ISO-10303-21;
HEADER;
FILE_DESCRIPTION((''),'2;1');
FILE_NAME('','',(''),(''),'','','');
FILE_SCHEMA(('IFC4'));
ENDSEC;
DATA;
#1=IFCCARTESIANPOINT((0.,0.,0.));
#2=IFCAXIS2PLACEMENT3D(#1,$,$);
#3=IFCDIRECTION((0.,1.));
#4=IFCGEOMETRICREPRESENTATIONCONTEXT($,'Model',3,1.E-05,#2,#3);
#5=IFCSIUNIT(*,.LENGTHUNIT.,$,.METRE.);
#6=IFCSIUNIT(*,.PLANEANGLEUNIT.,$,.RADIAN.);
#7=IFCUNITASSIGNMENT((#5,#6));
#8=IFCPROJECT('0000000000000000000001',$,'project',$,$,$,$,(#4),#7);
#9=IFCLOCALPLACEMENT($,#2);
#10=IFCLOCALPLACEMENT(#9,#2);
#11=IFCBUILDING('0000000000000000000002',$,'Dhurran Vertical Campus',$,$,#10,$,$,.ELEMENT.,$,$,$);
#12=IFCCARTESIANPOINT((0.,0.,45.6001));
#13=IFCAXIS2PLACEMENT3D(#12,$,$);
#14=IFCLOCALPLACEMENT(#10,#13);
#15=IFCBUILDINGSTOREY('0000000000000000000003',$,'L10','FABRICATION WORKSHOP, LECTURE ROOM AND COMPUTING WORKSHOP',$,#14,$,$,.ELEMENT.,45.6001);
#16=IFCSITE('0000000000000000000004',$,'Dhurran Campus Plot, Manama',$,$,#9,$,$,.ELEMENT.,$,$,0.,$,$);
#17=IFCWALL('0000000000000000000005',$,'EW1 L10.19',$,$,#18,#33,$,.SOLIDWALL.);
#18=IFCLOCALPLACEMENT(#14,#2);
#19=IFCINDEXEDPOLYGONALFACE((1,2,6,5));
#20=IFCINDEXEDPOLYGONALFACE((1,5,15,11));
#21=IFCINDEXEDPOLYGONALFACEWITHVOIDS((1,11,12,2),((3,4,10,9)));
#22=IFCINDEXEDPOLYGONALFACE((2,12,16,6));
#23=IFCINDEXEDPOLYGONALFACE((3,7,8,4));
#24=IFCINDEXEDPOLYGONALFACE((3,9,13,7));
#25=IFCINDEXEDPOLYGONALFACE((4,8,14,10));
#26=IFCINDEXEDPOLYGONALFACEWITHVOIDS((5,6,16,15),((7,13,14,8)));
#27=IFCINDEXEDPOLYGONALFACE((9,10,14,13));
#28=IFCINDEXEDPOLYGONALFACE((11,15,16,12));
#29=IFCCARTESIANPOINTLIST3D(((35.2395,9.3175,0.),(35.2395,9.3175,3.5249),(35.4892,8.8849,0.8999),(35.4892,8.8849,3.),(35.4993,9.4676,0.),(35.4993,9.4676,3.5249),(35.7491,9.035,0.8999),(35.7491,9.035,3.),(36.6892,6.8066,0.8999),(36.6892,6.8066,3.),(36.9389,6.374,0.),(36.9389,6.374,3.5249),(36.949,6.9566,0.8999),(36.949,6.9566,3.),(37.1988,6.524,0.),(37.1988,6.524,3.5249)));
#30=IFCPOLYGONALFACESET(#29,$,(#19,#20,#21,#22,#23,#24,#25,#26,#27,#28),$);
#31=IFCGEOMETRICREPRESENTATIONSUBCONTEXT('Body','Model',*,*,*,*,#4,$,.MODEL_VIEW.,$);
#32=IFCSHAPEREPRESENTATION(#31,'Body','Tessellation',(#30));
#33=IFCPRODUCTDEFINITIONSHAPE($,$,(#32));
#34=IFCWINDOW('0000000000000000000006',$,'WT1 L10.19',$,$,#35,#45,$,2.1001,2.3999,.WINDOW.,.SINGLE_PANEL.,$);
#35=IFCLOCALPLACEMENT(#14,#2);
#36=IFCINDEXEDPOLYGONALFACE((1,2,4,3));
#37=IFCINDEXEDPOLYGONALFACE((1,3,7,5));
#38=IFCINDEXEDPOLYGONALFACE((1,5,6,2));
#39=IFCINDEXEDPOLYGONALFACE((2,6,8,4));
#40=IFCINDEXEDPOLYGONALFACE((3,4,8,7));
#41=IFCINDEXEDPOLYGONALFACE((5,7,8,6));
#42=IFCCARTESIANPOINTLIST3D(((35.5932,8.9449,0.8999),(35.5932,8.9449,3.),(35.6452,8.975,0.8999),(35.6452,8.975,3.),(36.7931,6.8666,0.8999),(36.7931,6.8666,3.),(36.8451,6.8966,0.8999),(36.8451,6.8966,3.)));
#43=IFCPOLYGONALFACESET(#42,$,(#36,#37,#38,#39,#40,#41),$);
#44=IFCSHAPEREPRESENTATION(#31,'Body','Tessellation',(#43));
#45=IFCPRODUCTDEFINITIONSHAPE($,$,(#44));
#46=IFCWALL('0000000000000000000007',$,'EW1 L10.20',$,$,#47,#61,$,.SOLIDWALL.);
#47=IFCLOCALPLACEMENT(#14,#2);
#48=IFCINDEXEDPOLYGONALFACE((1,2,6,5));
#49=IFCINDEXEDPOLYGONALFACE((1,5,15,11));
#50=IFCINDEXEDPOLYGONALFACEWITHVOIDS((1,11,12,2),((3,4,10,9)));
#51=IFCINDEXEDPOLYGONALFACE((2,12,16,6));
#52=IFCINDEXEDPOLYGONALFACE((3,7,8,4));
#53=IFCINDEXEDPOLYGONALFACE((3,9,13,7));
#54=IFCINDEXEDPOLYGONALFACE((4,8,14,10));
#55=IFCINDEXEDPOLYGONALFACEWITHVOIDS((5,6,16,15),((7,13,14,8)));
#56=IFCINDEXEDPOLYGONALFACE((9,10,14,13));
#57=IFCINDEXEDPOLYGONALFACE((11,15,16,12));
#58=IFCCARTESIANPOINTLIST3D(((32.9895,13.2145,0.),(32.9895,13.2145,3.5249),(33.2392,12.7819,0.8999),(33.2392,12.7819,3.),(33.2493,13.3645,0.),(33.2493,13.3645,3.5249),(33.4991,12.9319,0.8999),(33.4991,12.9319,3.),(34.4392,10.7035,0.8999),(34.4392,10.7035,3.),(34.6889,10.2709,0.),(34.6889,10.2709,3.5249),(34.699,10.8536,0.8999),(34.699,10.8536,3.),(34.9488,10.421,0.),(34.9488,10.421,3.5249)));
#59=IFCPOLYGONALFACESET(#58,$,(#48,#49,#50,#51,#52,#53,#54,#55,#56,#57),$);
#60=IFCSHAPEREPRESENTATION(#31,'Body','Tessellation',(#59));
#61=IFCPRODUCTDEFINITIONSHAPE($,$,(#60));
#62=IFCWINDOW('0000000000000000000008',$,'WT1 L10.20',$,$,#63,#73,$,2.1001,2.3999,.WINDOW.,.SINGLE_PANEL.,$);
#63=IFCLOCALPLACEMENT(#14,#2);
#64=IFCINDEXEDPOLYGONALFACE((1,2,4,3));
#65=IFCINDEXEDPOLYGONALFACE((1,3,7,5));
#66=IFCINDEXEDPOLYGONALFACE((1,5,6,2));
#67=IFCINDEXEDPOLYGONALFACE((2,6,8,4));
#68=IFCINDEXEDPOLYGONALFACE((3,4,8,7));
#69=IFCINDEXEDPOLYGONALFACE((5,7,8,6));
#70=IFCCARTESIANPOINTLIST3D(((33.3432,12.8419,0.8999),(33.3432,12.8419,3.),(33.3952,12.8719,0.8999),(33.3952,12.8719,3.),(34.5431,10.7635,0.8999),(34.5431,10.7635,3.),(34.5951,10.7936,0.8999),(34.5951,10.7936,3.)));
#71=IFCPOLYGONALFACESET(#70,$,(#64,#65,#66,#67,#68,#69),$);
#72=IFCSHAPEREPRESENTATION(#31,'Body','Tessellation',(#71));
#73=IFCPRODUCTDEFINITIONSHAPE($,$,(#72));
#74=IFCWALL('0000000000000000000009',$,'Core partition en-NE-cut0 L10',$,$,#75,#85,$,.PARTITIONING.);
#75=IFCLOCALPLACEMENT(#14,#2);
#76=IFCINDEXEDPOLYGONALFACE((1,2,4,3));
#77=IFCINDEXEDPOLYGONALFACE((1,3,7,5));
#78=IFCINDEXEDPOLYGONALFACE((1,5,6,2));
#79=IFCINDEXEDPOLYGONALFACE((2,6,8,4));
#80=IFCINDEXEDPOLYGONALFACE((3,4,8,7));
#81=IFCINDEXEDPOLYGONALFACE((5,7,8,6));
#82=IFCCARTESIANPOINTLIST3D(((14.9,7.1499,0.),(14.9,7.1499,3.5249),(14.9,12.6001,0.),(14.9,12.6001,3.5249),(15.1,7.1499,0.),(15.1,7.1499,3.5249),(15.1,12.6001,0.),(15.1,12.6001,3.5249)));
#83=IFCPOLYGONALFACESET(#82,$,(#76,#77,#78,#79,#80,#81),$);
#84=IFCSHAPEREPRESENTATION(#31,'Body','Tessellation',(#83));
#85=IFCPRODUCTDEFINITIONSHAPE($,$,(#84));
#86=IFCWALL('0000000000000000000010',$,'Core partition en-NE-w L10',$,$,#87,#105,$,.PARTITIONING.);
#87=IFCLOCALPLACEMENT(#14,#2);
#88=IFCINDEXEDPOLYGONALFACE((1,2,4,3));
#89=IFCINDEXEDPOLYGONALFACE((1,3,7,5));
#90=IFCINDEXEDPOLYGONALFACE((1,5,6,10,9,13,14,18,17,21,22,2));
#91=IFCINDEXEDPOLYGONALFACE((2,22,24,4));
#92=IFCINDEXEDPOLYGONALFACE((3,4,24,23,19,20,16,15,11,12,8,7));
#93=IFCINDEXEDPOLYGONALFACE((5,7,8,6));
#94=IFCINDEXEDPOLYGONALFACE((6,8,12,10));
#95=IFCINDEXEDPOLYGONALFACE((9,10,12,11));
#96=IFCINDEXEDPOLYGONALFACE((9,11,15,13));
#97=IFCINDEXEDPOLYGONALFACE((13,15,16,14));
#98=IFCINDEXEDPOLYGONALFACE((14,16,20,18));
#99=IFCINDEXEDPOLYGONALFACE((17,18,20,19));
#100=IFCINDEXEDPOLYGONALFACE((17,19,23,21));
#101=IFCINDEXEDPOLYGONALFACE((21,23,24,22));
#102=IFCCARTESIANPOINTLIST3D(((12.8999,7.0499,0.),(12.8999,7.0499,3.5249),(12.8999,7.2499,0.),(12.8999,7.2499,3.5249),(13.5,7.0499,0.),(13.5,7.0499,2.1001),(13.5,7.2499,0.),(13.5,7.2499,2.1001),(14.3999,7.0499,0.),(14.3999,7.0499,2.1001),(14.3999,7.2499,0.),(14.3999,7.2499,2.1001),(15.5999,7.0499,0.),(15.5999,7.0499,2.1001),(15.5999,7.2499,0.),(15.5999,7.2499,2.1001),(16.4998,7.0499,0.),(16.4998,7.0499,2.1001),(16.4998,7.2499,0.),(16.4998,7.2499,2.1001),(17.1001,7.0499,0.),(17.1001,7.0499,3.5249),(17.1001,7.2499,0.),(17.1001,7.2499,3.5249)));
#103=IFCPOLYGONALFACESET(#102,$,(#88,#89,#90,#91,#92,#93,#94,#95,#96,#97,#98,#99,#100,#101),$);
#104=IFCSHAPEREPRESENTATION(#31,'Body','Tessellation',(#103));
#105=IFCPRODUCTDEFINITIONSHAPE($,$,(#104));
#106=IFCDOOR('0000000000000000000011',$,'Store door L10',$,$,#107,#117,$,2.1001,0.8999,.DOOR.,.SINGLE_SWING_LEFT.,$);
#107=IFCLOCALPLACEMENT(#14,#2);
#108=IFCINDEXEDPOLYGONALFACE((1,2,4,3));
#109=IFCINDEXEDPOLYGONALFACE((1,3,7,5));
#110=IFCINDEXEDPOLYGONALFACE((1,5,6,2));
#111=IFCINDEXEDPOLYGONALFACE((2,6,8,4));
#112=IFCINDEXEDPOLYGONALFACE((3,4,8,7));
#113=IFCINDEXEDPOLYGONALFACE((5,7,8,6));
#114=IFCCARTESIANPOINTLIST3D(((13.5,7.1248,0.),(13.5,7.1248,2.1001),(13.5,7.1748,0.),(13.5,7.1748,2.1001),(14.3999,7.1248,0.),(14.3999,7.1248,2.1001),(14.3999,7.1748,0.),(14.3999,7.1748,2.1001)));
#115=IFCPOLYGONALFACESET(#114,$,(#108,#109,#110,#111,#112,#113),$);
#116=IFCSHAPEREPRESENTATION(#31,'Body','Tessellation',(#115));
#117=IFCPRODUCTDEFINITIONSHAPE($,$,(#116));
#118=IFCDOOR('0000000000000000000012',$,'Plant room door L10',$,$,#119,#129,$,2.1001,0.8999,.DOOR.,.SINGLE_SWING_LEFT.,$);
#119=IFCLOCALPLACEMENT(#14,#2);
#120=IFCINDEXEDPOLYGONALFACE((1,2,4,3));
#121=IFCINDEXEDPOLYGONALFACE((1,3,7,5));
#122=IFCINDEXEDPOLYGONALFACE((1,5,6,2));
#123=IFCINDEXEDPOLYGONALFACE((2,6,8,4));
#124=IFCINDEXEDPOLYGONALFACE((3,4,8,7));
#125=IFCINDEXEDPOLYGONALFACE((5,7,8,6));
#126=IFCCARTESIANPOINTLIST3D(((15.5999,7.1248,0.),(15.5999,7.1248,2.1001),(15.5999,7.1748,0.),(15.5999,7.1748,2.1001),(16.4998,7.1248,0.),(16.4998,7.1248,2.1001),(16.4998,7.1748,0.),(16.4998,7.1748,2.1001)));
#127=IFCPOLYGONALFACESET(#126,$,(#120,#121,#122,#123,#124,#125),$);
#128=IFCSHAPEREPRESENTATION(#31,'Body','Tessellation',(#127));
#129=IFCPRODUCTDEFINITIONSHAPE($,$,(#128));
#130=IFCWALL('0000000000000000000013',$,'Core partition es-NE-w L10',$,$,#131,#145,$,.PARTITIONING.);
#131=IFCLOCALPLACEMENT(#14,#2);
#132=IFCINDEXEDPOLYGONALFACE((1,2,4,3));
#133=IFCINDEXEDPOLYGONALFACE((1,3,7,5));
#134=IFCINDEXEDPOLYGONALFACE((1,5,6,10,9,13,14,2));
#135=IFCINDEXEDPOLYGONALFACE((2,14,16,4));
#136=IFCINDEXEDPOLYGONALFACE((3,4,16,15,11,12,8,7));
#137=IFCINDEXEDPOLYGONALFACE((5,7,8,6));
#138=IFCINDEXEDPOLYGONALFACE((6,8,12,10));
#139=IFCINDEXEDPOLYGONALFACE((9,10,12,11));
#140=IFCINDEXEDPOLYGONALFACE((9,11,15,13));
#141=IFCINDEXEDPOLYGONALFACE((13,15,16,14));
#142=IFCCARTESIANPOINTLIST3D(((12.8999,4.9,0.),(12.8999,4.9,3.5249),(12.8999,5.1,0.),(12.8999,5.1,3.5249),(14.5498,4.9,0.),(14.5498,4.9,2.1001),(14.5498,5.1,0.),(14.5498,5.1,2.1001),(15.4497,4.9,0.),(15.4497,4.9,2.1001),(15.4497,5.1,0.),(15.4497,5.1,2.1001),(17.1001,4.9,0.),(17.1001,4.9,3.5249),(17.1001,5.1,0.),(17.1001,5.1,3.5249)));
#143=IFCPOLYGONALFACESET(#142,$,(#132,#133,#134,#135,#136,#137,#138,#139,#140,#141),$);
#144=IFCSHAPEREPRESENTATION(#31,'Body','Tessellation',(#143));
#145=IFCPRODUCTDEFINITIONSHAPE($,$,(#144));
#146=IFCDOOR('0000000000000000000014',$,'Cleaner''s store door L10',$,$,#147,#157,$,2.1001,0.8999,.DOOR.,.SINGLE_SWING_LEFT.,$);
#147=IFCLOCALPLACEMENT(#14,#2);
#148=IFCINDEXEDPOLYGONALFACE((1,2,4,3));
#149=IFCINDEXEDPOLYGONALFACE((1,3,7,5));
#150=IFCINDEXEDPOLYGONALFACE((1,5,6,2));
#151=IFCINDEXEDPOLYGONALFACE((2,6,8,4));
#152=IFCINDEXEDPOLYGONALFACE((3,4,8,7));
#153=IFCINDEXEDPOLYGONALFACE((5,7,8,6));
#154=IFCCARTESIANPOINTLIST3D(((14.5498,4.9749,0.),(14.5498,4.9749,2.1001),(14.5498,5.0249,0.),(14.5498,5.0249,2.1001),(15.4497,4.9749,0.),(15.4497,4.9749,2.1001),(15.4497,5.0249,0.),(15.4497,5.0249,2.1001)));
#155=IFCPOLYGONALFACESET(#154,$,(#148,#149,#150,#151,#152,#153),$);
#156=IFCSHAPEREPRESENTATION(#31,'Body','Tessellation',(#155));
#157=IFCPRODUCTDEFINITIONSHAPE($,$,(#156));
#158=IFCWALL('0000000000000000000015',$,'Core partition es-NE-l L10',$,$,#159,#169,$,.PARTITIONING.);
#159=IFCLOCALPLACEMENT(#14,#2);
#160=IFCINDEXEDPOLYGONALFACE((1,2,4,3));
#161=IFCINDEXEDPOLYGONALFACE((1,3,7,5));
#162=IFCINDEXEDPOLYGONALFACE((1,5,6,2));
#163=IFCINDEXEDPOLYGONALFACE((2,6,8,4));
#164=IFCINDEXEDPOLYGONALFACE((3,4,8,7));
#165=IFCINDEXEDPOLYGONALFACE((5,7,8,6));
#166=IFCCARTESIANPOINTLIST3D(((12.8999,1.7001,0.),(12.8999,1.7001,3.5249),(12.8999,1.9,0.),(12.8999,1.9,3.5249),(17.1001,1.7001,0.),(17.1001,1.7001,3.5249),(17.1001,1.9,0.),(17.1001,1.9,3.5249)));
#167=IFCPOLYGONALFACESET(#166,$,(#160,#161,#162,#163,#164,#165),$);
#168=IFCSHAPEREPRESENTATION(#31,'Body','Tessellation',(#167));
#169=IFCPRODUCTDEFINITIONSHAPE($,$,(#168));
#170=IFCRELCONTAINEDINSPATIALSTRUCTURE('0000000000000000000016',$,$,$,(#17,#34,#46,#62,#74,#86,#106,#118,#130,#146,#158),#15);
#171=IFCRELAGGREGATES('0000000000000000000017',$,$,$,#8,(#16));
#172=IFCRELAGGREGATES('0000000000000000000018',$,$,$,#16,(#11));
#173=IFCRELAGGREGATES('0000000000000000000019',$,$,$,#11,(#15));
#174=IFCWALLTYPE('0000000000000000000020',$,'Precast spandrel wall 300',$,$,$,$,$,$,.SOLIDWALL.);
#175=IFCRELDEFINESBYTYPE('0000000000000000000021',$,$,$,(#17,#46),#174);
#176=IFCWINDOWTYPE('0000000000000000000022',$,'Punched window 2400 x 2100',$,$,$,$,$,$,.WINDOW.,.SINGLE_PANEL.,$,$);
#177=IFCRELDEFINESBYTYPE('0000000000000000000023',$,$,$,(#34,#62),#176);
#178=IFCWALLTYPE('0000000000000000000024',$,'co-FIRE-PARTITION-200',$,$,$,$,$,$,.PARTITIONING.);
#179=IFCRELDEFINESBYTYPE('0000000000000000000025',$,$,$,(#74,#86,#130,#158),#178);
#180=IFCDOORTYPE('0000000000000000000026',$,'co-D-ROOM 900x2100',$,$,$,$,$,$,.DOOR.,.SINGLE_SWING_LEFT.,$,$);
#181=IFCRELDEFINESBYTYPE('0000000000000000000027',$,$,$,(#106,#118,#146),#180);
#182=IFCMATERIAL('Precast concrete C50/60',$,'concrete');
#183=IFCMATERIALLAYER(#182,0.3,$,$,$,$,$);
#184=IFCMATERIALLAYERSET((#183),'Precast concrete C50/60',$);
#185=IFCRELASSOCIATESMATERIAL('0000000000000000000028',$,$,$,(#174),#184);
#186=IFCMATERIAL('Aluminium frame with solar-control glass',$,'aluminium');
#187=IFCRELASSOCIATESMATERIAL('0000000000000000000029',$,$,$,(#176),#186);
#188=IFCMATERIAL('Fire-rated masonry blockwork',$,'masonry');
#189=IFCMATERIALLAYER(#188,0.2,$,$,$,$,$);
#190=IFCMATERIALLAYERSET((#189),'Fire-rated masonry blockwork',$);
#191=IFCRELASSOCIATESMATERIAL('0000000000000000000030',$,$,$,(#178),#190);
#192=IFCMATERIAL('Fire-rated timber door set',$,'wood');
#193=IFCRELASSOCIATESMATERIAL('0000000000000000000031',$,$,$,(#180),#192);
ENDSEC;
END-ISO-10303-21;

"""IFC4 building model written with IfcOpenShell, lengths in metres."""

from ifc_helpers import new_model, si_unit, direction, frame, frame_2d, origin, place, context, subcontext, project, spatial, rectangle, extrude, material, layer, layer_set, type_object, element, fill, save


model = new_model("IFC4")

# Units and contexts
model_context = context("Model", 3, precision=1e-05, world=origin(), true_north=direction((0.0, 1.0)))
body_context = subcontext(model_context, "Body", "Model", "MODEL_VIEW")
ifc_project = project(units=[si_unit("LENGTHUNIT", "METRE"), si_unit("PLANEANGLEUNIT", "RADIAN")], contexts=[model_context])

# Site, building, storey
site_placement = place(None, origin())
site = spatial("IfcSite", under=ifc_project, at=site_placement, Name="Dhurran Campus Plot, Manama", CompositionType="ELEMENT", RefElevation=0.0)
building_placement = place(site_placement, origin())
building = spatial("IfcBuilding", under=site, at=building_placement, Name="Dhurran Vertical Campus", CompositionType="ELEMENT")
storey_placement = place(building_placement, frame((0.0, 0.0, 45.6001)))
storey = spatial("IfcBuildingStorey", under=building, at=storey_placement, Name="L10", Description="FABRICATION WORKSHOP, LECTURE ROOM AND COMPUTING WORKSHOP", CompositionType="ELEMENT", Elevation=45.6001)

# Walls, openings, windows
ifc_material_1 = material(Name="Precast concrete C50/60", Category="concrete")
ifc_layer_1 = layer(ifc_material_1, 0.3)
ifc_layer_set_1 = layer_set([ifc_layer_1], Name="Precast concrete C50/60")
wall_type_1 = type_object("IfcWallType", Name="Precast spandrel wall 300", PredefinedType="SOLIDWALL", material=ifc_layer_set_1)
ifc_material_2 = material(Name="Aluminium frame with solar-control glass", Category="aluminium")
window_type = type_object("IfcWindowType", Name="Punched window 2400 x 2100", PartitioningType="SINGLE_PANEL", PredefinedType="WINDOW", material=ifc_material_2)
wall_1_placement = place(storey_placement, frame((37.0688, 6.449, 0.0), z_axis=(0.0, 0.0, 1.0), x_axis=(-0.499994, 0.866029, 0.0)))
wall_1 = element("IfcWall", 1, at=wall_1_placement, inside=storey, type_object=wall_type_1, Name="EW1 L10.19", PredefinedType="SOLIDWALL", context=body_context, shape_type="SweptSolid", body=[
    extrude(rectangle(XDim=3.3989, YDim=0.3, at=frame_2d((1.6995, 0.0))), origin(), (0.0, 0.0, 1.0), 3.5249),
])
opening_1_placement = place(wall_1_placement, frame((0.4995, 0.0, 0.8999)))
opening_1 = element("IfcOpeningElement", 2, at=opening_1_placement, cuts=wall_1, PredefinedType="OPENING", context=body_context, shape_type="SweptSolid", body=[
    extrude(rectangle(XDim=2.3999, YDim=2.1001, at=frame_2d((1.2, 1.05))), frame((0.0, 0.1599, 0.0), z_axis=(0.0, -1.0, 0.0), x_axis=(1.0, 0.0, 0.0)), (0.0, 0.0, 1.0), 0.3201),
])
window_1_placement = place(opening_1_placement, origin())
window_1 = element("IfcWindow", 3, at=window_1_placement, inside=storey, type_object=window_type, Name="WT1 L10.19", OverallHeight=2.1001, OverallWidth=2.3999, PartitioningType="SINGLE_PANEL", PredefinedType="WINDOW", context=body_context, shape_type="SweptSolid", body=[
    extrude(rectangle(XDim=2.3999, YDim=2.1001, at=frame_2d((1.2, 1.05))), frame((0.0, 0.03, 0.0), z_axis=(0.0, -1.0, 0.0), x_axis=(1.0, 0.0, 0.0)), (0.0, 0.0, 1.0), 0.0601),
])
fill(opening_1, window_1)
wall_2_placement = place(storey_placement, frame((34.8188, 10.3459, 0.0), z_axis=(0.0, 0.0, 1.0), x_axis=(-0.499994, 0.866029, 0.0)))
wall_2 = element("IfcWall", 4, at=wall_2_placement, inside=storey, type_object=wall_type_1, Name="EW1 L10.20", PredefinedType="SOLIDWALL", context=body_context, shape_type="SweptSolid", body=[
    extrude(rectangle(XDim=3.3989, YDim=0.3, at=frame_2d((1.6995, 0.0))), origin(), (0.0, 0.0, 1.0), 3.5249),
])
opening_2_placement = place(wall_2_placement, frame((0.4995, 0.0, 0.8999)))
opening_2 = element("IfcOpeningElement", 5, at=opening_2_placement, cuts=wall_2, PredefinedType="OPENING", context=body_context, shape_type="SweptSolid", body=[
    extrude(rectangle(XDim=2.3999, YDim=2.1001, at=frame_2d((1.2, 1.05))), frame((0.0, 0.1599, 0.0), z_axis=(0.0, -1.0, 0.0), x_axis=(1.0, 0.0, 0.0)), (0.0, 0.0, 1.0), 0.3201),
])
window_2_placement = place(opening_2_placement, origin())
window_2 = element("IfcWindow", 6, at=window_2_placement, inside=storey, type_object=window_type, Name="WT1 L10.20", OverallHeight=2.1001, OverallWidth=2.3999, PartitioningType="SINGLE_PANEL", PredefinedType="WINDOW", context=body_context, shape_type="SweptSolid", body=[
    extrude(rectangle(XDim=2.3999, YDim=2.1001, at=frame_2d((1.2, 1.05))), frame((0.0, 0.03, 0.0), z_axis=(0.0, -1.0, 0.0), x_axis=(1.0, 0.0, 0.0)), (0.0, 0.0, 1.0), 0.0601),
])
fill(opening_2, window_2)

# Wall
ifc_material_3 = material(Name="Fire-rated masonry blockwork", Category="masonry")
ifc_layer_2 = layer(ifc_material_3, 0.2)
ifc_layer_set_2 = layer_set([ifc_layer_2], Name="Fire-rated masonry blockwork")
wall_type_2 = type_object("IfcWallType", Name="co-FIRE-PARTITION-200", PredefinedType="PARTITIONING", material=ifc_layer_set_2)
wall_3_placement = place(storey_placement, frame((15.0, 7.1499, 0.0), z_axis=(0.0, 0.0, 1.0), x_axis=(0.0, 1.0, 0.0)))
element("IfcWall", 7, at=wall_3_placement, inside=storey, type_object=wall_type_2, Name="Core partition en-NE-cut0 L10", PredefinedType="PARTITIONING", context=body_context, shape_type="SweptSolid", body=[
    extrude(rectangle(XDim=5.4502, YDim=0.2, at=frame_2d((2.7251, 0.0))), origin(), (0.0, 0.0, 1.0), 3.5249),
])

# Wall, openings, doors
wall_4_placement = place(storey_placement, frame((12.8999, 7.1499, 0.0), z_axis=(0.0, 0.0, 1.0), x_axis=(1.0, 0.0, 0.0)))
wall_4 = element("IfcWall", 8, at=wall_4_placement, inside=storey, type_object=wall_type_2, Name="Core partition en-NE-w L10", PredefinedType="PARTITIONING", context=body_context, shape_type="SweptSolid", body=[
    extrude(rectangle(XDim=4.2002, YDim=0.2, at=frame_2d((2.1001, 0.0))), origin(), (0.0, 0.0, 1.0), 3.5249),
])
opening_3_placement = place(wall_4_placement, frame((0.6001, 0.0, 0.0)))
opening_3 = element("IfcOpeningElement", 9, at=opening_3_placement, cuts=wall_4, PredefinedType="OPENING", context=body_context, shape_type="SweptSolid", body=[
    extrude(rectangle(XDim=0.8999, YDim=2.1001, at=frame_2d((0.45, 1.05))), frame((0.0, 0.1099, 0.0), z_axis=(0.0, -1.0, 0.0), x_axis=(1.0, 0.0, 0.0)), (0.0, 0.0, 1.0), 0.22),
])
opening_4_placement = place(wall_4_placement, frame((2.7, 0.0, 0.0)))
opening_4 = element("IfcOpeningElement", 10, at=opening_4_placement, cuts=wall_4, PredefinedType="OPENING", context=body_context, shape_type="SweptSolid", body=[
    extrude(rectangle(XDim=0.8999, YDim=2.1001, at=frame_2d((0.45, 1.05))), frame((0.0, 0.1099, 0.0), z_axis=(0.0, -1.0, 0.0), x_axis=(1.0, 0.0, 0.0)), (0.0, 0.0, 1.0), 0.22),
])
ifc_material_4 = material(Name="Fire-rated timber door set", Category="wood")
door_type_1 = type_object("IfcDoorType", Name="co-D-ROOM 900x2100", OperationType="SINGLE_SWING_LEFT", PredefinedType="DOOR", material=ifc_material_4)
door_1_placement = place(opening_3_placement, origin())
door_1 = element("IfcDoor", 11, at=door_1_placement, inside=storey, type_object=door_type_1, Name="Store door L10", OperationType="SINGLE_SWING_LEFT", OverallHeight=2.1001, OverallWidth=0.8999, PredefinedType="DOOR", context=body_context, shape_type="SweptSolid", body=[
    extrude(rectangle(XDim=0.8999, YDim=2.1001, at=frame_2d((0.45, 1.05))), frame((0.0, 0.0249, 0.0), z_axis=(0.0, -1.0, 0.0), x_axis=(1.0, 0.0, 0.0)), (0.0, 0.0, 1.0), 0.05),
])
fill(opening_3, door_1)
door_2_placement = place(opening_4_placement, origin())
door_2 = element("IfcDoor", 12, at=door_2_placement, inside=storey, type_object=door_type_1, Name="Plant room door L10", OperationType="SINGLE_SWING_LEFT", OverallHeight=2.1001, OverallWidth=0.8999, PredefinedType="DOOR", context=body_context, shape_type="SweptSolid", body=[
    extrude(rectangle(XDim=0.8999, YDim=2.1001, at=frame_2d((0.45, 1.05))), frame((0.0, 0.0249, 0.0), z_axis=(0.0, -1.0, 0.0), x_axis=(1.0, 0.0, 0.0)), (0.0, 0.0, 1.0), 0.05),
])
fill(opening_4, door_2)

# Wall, opening, door
wall_5_placement = place(storey_placement, frame((12.8999, 5.0, 0.0), z_axis=(0.0, 0.0, 1.0), x_axis=(1.0, 0.0, 0.0)))
wall_5 = element("IfcWall", 13, at=wall_5_placement, inside=storey, type_object=wall_type_2, Name="Core partition es-NE-w L10", PredefinedType="PARTITIONING", context=body_context, shape_type="SweptSolid", body=[
    extrude(rectangle(XDim=4.2002, YDim=0.2, at=frame_2d((2.1001, 0.0))), origin(), (0.0, 0.0, 1.0), 3.5249),
])
opening_5_placement = place(wall_5_placement, frame((1.6499, 0.0, 0.0)))
opening_5 = element("IfcOpeningElement", 14, at=opening_5_placement, cuts=wall_5, PredefinedType="OPENING", context=body_context, shape_type="SweptSolid", body=[
    extrude(rectangle(XDim=0.8999, YDim=2.1001, at=frame_2d((0.45, 1.05))), frame((0.0, 0.1099, 0.0), z_axis=(0.0, -1.0, 0.0), x_axis=(1.0, 0.0, 0.0)), (0.0, 0.0, 1.0), 0.22),
])
door_3_placement = place(opening_5_placement, origin())
door_3 = element("IfcDoor", 15, at=door_3_placement, inside=storey, type_object=door_type_1, Name="Cleaner's store door L10", OperationType="SINGLE_SWING_LEFT", OverallHeight=2.1001, OverallWidth=0.8999, PredefinedType="DOOR", context=body_context, shape_type="SweptSolid", body=[
    extrude(rectangle(XDim=0.8999, YDim=2.1001, at=frame_2d((0.45, 1.05))), frame((0.0, 0.0249, 0.0), z_axis=(0.0, -1.0, 0.0), x_axis=(1.0, 0.0, 0.0)), (0.0, 0.0, 1.0), 0.05),
])
fill(opening_5, door_3)

# Wall
wall_6_placement = place(storey_placement, frame((12.8999, 1.8, 0.0), z_axis=(0.0, 0.0, 1.0), x_axis=(1.0, 0.0, 0.0)))
element("IfcWall", 16, at=wall_6_placement, inside=storey, type_object=wall_type_2, Name="Core partition es-NE-l L10", PredefinedType="PARTITIONING", context=body_context, shape_type="SweptSolid", body=[
    extrude(rectangle(XDim=4.2002, YDim=0.2, at=frame_2d((2.1001, 0.0))), origin(), (0.0, 0.0, 1.0), 3.5249),
])

save(model, "model.ifc")
